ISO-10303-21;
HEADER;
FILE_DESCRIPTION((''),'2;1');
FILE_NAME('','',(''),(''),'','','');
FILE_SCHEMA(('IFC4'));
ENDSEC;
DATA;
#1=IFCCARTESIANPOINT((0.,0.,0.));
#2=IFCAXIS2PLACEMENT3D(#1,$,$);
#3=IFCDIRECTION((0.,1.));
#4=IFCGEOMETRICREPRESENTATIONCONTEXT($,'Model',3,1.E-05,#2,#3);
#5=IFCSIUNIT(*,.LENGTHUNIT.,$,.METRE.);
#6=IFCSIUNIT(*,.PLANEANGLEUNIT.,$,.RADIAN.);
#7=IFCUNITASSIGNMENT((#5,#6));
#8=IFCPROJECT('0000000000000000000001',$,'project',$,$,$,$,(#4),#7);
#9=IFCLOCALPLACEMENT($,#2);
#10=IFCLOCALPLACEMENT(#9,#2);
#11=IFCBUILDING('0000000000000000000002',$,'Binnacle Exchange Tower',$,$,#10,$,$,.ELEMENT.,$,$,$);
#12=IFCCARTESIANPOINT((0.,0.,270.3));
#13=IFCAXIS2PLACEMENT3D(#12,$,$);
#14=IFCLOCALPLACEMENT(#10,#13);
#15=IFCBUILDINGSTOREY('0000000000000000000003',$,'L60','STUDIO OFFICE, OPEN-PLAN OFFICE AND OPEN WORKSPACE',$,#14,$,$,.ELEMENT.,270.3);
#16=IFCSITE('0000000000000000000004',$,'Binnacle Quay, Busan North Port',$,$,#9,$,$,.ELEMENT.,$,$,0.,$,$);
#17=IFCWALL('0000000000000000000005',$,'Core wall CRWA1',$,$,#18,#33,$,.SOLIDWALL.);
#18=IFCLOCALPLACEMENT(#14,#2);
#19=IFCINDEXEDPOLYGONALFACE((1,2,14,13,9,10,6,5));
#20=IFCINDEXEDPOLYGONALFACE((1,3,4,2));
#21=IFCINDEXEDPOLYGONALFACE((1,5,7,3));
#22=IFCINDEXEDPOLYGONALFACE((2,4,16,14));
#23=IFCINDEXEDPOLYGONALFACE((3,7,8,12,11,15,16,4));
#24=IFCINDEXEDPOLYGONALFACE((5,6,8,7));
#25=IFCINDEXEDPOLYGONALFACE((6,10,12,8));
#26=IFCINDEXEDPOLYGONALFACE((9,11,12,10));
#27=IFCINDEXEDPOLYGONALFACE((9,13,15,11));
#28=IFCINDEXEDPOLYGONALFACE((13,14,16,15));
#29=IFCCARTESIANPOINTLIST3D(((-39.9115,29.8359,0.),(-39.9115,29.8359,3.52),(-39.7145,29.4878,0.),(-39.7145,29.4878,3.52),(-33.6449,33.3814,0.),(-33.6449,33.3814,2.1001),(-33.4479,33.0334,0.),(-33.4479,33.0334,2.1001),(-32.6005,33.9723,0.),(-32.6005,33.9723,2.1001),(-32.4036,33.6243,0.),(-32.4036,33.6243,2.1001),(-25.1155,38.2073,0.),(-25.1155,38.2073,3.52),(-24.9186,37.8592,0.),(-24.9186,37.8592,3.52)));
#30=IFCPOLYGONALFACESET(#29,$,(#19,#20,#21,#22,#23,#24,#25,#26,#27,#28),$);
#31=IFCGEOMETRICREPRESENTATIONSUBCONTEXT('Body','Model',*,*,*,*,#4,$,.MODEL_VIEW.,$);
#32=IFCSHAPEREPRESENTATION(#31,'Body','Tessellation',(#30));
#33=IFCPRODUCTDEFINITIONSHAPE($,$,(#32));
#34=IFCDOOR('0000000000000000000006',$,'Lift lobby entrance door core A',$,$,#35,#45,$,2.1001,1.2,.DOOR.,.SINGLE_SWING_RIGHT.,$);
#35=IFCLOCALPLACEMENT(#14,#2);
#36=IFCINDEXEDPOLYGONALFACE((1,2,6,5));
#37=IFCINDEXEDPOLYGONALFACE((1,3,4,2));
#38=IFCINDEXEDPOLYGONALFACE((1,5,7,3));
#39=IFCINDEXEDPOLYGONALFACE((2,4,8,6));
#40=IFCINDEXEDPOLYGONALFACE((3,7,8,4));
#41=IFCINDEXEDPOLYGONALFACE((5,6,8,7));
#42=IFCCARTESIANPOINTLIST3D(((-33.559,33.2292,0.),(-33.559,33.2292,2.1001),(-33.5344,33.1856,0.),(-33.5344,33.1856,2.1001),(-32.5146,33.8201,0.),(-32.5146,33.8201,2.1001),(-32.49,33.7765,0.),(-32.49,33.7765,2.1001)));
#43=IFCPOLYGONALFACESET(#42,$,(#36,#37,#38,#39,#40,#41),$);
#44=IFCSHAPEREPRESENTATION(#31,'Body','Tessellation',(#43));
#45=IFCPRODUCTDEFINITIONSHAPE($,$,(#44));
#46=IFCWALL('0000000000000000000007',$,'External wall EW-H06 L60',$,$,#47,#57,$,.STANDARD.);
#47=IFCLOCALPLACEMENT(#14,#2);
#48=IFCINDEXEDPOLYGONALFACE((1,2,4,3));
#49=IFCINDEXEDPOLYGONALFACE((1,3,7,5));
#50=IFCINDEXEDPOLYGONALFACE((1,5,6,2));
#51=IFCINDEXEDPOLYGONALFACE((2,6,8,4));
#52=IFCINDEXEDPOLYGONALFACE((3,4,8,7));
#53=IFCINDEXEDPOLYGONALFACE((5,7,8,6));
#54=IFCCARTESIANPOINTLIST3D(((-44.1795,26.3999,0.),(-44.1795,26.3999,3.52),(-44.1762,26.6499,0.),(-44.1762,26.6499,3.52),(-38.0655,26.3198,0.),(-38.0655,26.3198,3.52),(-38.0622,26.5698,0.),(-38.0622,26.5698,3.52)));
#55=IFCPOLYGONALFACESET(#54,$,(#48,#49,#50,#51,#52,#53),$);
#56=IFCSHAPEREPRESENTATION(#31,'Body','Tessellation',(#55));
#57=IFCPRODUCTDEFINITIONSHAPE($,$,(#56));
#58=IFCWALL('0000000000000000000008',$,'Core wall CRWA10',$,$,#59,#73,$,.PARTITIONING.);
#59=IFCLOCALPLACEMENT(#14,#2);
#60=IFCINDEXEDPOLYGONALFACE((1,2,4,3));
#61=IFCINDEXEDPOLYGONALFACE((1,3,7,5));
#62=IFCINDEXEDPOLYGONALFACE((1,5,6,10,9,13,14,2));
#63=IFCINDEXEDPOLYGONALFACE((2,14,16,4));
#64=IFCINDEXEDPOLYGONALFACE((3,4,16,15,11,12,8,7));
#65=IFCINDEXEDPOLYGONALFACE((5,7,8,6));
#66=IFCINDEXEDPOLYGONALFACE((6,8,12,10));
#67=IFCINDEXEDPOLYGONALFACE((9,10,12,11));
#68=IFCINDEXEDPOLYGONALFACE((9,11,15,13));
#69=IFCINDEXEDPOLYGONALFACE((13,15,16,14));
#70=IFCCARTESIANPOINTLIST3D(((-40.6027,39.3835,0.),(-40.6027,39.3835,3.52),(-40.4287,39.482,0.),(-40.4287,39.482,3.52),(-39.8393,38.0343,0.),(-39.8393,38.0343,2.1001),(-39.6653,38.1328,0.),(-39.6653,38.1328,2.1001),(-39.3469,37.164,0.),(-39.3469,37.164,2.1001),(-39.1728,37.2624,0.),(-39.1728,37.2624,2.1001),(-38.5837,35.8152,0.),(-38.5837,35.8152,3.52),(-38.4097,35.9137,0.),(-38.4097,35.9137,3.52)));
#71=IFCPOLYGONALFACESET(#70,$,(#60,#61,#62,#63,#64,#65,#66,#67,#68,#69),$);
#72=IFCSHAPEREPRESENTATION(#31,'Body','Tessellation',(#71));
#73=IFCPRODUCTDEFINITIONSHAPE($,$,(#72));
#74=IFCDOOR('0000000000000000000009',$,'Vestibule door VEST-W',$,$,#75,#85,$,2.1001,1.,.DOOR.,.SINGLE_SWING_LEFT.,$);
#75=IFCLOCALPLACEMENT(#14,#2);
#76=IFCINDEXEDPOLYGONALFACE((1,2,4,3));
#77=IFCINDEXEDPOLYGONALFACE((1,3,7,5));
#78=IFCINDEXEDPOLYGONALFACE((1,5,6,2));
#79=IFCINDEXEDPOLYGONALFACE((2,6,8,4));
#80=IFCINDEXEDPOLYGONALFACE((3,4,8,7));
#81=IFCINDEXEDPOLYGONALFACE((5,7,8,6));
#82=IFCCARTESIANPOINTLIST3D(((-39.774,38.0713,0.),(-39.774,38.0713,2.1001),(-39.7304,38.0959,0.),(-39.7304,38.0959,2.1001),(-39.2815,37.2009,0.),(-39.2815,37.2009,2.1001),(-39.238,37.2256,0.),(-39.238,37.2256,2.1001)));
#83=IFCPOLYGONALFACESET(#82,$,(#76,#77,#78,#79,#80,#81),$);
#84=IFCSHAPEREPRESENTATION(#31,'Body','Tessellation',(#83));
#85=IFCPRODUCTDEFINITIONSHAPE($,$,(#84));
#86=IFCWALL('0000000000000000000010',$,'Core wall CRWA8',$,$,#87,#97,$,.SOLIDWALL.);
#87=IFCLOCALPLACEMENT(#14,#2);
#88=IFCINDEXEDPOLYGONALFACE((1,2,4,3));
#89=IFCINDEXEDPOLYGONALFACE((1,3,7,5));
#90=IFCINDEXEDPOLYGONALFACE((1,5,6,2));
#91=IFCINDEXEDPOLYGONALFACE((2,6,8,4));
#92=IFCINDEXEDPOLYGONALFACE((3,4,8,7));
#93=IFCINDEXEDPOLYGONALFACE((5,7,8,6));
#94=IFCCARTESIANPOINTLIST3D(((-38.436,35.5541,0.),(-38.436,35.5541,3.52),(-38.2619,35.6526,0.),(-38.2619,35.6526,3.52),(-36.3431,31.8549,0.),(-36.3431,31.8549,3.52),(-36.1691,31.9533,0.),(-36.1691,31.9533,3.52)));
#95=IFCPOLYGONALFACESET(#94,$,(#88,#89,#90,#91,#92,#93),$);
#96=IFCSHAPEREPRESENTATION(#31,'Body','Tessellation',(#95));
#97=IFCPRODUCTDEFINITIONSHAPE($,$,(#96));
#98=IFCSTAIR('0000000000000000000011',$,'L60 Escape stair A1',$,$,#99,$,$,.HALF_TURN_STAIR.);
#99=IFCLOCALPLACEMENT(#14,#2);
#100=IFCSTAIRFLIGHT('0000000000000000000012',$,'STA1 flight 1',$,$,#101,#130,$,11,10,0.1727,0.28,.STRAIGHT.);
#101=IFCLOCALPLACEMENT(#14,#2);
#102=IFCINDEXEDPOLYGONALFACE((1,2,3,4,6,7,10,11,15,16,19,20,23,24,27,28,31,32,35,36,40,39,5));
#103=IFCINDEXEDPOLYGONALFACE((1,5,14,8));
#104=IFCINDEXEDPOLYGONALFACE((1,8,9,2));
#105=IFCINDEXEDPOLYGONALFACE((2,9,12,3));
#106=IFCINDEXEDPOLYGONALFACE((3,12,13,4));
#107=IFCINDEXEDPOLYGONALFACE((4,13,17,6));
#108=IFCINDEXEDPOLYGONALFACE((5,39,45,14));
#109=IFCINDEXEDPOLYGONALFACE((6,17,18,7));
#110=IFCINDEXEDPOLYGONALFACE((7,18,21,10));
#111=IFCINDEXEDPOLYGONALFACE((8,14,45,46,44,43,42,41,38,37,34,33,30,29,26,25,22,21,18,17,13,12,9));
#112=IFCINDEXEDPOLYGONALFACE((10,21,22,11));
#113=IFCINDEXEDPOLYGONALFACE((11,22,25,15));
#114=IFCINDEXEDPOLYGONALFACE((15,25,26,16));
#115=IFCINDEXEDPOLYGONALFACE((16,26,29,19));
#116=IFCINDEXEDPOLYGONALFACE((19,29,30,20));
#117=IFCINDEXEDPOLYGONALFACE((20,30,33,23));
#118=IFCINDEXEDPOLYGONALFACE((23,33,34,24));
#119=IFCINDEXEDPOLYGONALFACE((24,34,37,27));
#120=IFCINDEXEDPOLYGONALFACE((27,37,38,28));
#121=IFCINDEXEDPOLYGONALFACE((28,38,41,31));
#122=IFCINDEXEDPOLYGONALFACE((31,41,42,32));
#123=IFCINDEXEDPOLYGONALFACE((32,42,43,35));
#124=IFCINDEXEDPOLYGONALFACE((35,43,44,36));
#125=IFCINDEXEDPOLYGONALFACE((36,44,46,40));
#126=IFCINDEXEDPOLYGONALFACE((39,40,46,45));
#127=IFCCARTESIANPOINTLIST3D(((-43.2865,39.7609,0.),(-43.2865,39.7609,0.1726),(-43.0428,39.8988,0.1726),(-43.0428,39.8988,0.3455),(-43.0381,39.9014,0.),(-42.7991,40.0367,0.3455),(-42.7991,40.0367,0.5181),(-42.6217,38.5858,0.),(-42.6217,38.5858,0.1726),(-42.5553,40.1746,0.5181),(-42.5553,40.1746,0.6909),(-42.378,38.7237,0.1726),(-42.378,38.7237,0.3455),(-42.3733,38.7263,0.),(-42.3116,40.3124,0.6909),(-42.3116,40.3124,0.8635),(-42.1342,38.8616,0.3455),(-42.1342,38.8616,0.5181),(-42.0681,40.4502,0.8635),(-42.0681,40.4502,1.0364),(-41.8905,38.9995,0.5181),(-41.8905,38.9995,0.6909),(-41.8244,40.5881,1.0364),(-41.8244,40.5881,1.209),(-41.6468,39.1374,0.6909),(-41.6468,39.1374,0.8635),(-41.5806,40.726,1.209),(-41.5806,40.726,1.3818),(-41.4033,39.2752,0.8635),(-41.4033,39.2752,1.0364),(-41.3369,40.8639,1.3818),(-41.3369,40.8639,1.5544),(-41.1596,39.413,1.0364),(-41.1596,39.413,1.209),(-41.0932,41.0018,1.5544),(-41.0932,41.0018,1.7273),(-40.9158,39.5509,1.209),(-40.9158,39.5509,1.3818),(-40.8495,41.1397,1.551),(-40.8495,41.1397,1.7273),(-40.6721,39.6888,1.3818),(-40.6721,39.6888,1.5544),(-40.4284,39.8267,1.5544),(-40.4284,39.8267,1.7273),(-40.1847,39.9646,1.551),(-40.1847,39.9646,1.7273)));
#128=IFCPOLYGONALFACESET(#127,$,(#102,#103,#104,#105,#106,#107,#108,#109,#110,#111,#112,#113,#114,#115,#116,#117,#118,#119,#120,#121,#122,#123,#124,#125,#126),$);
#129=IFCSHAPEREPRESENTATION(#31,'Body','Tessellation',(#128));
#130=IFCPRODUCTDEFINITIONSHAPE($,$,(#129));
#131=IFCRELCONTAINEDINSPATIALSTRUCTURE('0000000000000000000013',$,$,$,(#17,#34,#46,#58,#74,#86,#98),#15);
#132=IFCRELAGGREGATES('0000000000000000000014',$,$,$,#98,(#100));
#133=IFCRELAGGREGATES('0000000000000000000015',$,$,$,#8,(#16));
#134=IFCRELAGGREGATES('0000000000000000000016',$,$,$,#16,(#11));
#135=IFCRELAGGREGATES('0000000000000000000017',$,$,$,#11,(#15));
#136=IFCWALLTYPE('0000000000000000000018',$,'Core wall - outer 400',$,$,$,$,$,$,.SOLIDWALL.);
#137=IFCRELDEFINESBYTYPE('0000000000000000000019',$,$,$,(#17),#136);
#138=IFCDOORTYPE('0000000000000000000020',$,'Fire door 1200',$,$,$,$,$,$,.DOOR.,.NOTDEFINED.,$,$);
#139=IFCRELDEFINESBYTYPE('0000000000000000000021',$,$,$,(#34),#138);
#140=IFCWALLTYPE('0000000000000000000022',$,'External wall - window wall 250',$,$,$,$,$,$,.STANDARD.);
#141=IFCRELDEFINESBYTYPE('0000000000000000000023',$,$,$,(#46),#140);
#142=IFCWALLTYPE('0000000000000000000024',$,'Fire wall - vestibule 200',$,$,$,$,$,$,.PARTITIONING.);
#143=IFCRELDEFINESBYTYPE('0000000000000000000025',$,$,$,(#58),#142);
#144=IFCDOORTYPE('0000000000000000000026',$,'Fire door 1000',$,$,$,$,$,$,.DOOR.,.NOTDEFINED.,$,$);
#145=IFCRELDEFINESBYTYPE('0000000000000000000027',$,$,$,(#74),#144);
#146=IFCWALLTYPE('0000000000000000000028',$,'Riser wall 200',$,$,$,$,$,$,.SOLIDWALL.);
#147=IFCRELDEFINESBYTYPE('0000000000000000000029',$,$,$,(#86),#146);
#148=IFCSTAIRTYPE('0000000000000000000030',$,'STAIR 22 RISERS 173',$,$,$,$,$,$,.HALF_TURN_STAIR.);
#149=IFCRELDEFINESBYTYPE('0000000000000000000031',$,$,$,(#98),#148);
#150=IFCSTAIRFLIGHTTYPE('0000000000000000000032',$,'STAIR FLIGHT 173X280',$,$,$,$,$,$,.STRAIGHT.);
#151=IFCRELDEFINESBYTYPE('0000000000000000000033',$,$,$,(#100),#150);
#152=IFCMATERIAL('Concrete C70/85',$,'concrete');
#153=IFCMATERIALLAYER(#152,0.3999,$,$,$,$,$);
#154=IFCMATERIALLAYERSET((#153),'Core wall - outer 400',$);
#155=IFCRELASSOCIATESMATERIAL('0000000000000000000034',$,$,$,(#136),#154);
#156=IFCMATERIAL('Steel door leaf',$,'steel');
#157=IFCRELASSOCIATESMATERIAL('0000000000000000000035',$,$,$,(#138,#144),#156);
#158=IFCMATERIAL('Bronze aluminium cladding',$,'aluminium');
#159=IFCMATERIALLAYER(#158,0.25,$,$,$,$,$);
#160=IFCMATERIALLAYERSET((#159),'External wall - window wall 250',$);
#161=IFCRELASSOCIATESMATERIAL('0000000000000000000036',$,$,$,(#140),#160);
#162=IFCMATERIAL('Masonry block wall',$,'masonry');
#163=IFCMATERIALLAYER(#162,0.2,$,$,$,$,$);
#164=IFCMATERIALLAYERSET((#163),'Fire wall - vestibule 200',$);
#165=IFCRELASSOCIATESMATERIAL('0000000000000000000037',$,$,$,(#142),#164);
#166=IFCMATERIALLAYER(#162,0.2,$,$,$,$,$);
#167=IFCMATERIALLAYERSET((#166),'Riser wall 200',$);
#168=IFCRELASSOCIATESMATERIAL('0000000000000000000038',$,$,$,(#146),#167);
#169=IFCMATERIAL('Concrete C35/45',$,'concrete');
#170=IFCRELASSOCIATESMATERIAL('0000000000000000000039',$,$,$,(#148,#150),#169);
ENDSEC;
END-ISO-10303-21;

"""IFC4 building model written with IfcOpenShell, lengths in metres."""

from ifc_helpers import new_model, si_unit, direction, frame, frame_2d, origin, place, context, subcontext, project, spatial, polyline, rectangle, outline, extrude, material, layer, layer_set, type_object, element, fill, aggregate, save


model = new_model("IFC4")

# Units and contexts
model_context = context("Model", 3, precision=1e-05, world=origin(), true_north=direction((0.0, 1.0)))
body_context = subcontext(model_context, "Body", "Model", "MODEL_VIEW")
ifc_project = project(units=[si_unit("LENGTHUNIT", "METRE"), si_unit("PLANEANGLEUNIT", "RADIAN")], contexts=[model_context])

# Site, building, storey
site_placement = place(None, origin())
site = spatial("IfcSite", under=ifc_project, at=site_placement, Name="Binnacle Quay, Busan North Port", CompositionType="ELEMENT", RefElevation=0.0)
building_placement = place(site_placement, origin())
building = spatial("IfcBuilding", under=site, at=building_placement, Name="Binnacle Exchange Tower", CompositionType="ELEMENT")
storey_placement = place(building_placement, frame((0.0, 0.0, 270.3)))
storey = spatial("IfcBuildingStorey", under=building, at=storey_placement, Name="L60", Description="STUDIO OFFICE, OPEN-PLAN OFFICE AND OPEN WORKSPACE", CompositionType="ELEMENT", Elevation=270.3)

# Shared definitions
ifc_material_1 = material(Name="Concrete C70/85", Category="concrete")
ifc_material_2 = material(Name="Steel door leaf", Category="steel")

# Wall, opening, door
ifc_layer_1 = layer(ifc_material_1, 0.3999)
ifc_layer_set_1 = layer_set([ifc_layer_1], Name="Core wall - outer 400")
wall_type_1 = type_object("IfcWallType", Name="Core wall - outer 400", PredefinedType="SOLIDWALL", material=ifc_layer_set_1)
wall_1_placement = place(storey_placement, frame((-39.813, 29.6619, 0.0), z_axis=(0.0, 0.0, 1.0), x_axis=(0.87035, 0.492433, 0.0)))
wall_1 = element("IfcWall", 1, at=wall_1_placement, inside=storey, type_object=wall_type_1, Name="Core wall CRWA1", PredefinedType="SOLIDWALL", context=body_context, shape_type="SweptSolid", body=[
    extrude(rectangle(XDim=17.0, YDim=0.3999, at=frame_2d((8.5, 0.0))), origin(), (0.0, 0.0, 1.0), 3.52),
])
opening_1_placement = place(wall_1_placement, frame((7.2, 0.0, 0.0)))
opening_1 = element("IfcOpeningElement", 2, at=opening_1_placement, cuts=wall_1, PredefinedType="OPENING", context=body_context, shape_type="SweptSolid", body=[
    extrude(rectangle(XDim=1.2, YDim=2.1001, at=frame_2d((0.6001, 1.05))), frame((0.0, 0.21, 0.0), z_axis=(0.0, -1.0, 0.0), x_axis=(1.0, 0.0, 0.0)), (0.0, 0.0, 1.0), 0.4199),
])
door_type_1 = type_object("IfcDoorType", Name="Fire door 1200", OperationType="NOTDEFINED", PredefinedType="DOOR", material=ifc_material_2)
door_1_placement = place(opening_1_placement, frame((1.2, 0.0, 0.0), z_axis=(0.0, 0.0, 1.0), x_axis=(-1.0, 0.0, 0.0)))
door_1 = element("IfcDoor", 3, at=door_1_placement, inside=storey, type_object=door_type_1, Name="Lift lobby entrance door core A", OperationType="SINGLE_SWING_RIGHT", OverallHeight=2.1001, OverallWidth=1.2, PredefinedType="DOOR", context=body_context, shape_type="SweptSolid", body=[
    extrude(rectangle(XDim=1.2, YDim=2.1001, at=frame_2d((0.6001, 1.05))), frame((0.0, 0.0249, 0.0), z_axis=(0.0, -1.0, 0.0), x_axis=(1.0, 0.0, 0.0)), (0.0, 0.0, 1.0), 0.05),
])
fill(opening_1, door_1)

# Wall
ifc_material_3 = material(Name="Bronze aluminium cladding", Category="aluminium")
ifc_layer_2 = layer(ifc_material_3, 0.25)
ifc_layer_set_2 = layer_set([ifc_layer_2], Name="External wall - window wall 250")
wall_type_2 = type_object("IfcWallType", Name="External wall - window wall 250", PredefinedType="STANDARD", material=ifc_layer_set_2)
wall_2_placement = place(storey_placement, frame((-38.064, 26.4448, 0.0), z_axis=(0.0, 0.0, 1.0), x_axis=(-0.999914, 0.013096, 0.0)))
element("IfcWall", 4, at=wall_2_placement, inside=storey, type_object=wall_type_2, Name="External wall EW-H06 L60", PredefinedType="STANDARD", context=body_context, shape_type="SweptSolid", body=[
    extrude(rectangle(XDim=6.1145, YDim=0.25, at=frame_2d((3.0571, 0.0))), origin(), (0.0, 0.0, 1.0), 3.52),
])

# Wall, opening, door
ifc_material_4 = material(Name="Masonry block wall", Category="masonry")
ifc_layer_3 = layer(ifc_material_4, 0.2)
ifc_layer_set_3 = layer_set([ifc_layer_3], Name="Fire wall - vestibule 200")
wall_type_3 = type_object("IfcWallType", Name="Fire wall - vestibule 200", PredefinedType="PARTITIONING", material=ifc_layer_set_3)
wall_3_placement = place(storey_placement, frame((-40.5156, 39.4326, 0.0), z_axis=(0.0, 0.0, 1.0), x_axis=(0.492454, -0.870339, 0.0)))
wall_3 = element("IfcWall", 5, at=wall_3_placement, inside=storey, type_object=wall_type_3, Name="Core wall CRWA10", PredefinedType="PARTITIONING", context=body_context, shape_type="SweptSolid", body=[
    extrude(rectangle(XDim=4.0999, YDim=0.2, at=frame_2d((2.0498, 0.0))), origin(), (0.0, 0.0, 1.0), 3.52),
])
opening_2_placement = place(wall_3_placement, frame((1.55, 0.0, 0.0)))
opening_2 = element("IfcOpeningElement", 6, at=opening_2_placement, cuts=wall_3, PredefinedType="OPENING", context=body_context, shape_type="SweptSolid", body=[
    extrude(rectangle(XDim=1.0, YDim=2.1001, at=frame_2d((0.5, 1.05))), frame((0.0, 0.1099, 0.0), z_axis=(0.0, -1.0, 0.0), x_axis=(1.0, 0.0, 0.0)), (0.0, 0.0, 1.0), 0.22),
])
door_type_2 = type_object("IfcDoorType", Name="Fire door 1000", OperationType="NOTDEFINED", PredefinedType="DOOR", material=ifc_material_2)
door_2_placement = place(opening_2_placement, frame((1.0, 0.0, 0.0), z_axis=(0.0, 0.0, 1.0), x_axis=(-1.0, 0.0, 0.0)))
door_2 = element("IfcDoor", 7, at=door_2_placement, inside=storey, type_object=door_type_2, Name="Vestibule door VEST-W", OperationType="SINGLE_SWING_LEFT", OverallHeight=2.1001, OverallWidth=1.0, PredefinedType="DOOR", context=body_context, shape_type="SweptSolid", body=[
    extrude(rectangle(XDim=1.0, YDim=2.1001, at=frame_2d((0.5, 1.05))), frame((0.0, 0.0249, 0.0), z_axis=(0.0, -1.0, 0.0), x_axis=(1.0, 0.0, 0.0)), (0.0, 0.0, 1.0), 0.05),
])
fill(opening_2, door_2)

# Wall
ifc_layer_4 = layer(ifc_material_4, 0.2)
ifc_layer_set_4 = layer_set([ifc_layer_4], Name="Riser wall 200")
wall_type_4 = type_object("IfcWallType", Name="Riser wall 200", PredefinedType="SOLIDWALL", material=ifc_layer_set_4)
wall_4_placement = place(storey_placement, frame((-38.3489, 35.6033, 0.0), z_axis=(0.0, 0.0, 1.0), x_axis=(0.492398, -0.87037, 0.0)))
element("IfcWall", 8, at=wall_4_placement, inside=storey, type_object=wall_type_4, Name="Core wall CRWA8", PredefinedType="SOLIDWALL", context=body_context, shape_type="SweptSolid", body=[
    extrude(rectangle(XDim=4.2502, YDim=0.2, at=frame_2d((2.125, 0.0))), origin(), (0.0, 0.0, 1.0), 3.52),
])

# Stair, stair flight
ifc_material_5 = material(Name="Concrete C35/45", Category="concrete")
stair_type = type_object("IfcStairType", Name="STAIR 22 RISERS 173", PredefinedType="HALF_TURN_STAIR", material=ifc_material_5)
stair_placement = place(storey_placement, origin())
stair = element("IfcStair", 9, at=stair_placement, inside=storey, type_object=stair_type, Name="L60 Escape stair A1", PredefinedType="HALF_TURN_STAIR")
stair_flight_type = type_object("IfcStairFlightType", Name="STAIR FLIGHT 173X280", PredefinedType="STRAIGHT", material=ifc_material_5)
stair_flight_placement = place(storey_placement, frame((-42.9541, 39.1733, 0.0), z_axis=(0.0, 0.0, 1.0), x_axis=(0.870356, 0.492424, 0.0)))
stair_flight = element("IfcStairFlight", 10, at=stair_flight_placement, type_object=stair_flight_type, Name="STA1 flight 1", NumberOfRisers=11, NumberOfTreads=10, PredefinedType="STRAIGHT", RiserHeight=0.1727, TreadLength=0.28, context=body_context, shape_type="SweptSolid", body=[
    extrude(outline(polyline([(0.0, 0.0), (0.0, 0.1726), (0.28, 0.1726), (0.28, 0.3455), (0.5601, 0.3455), (0.5601, 0.5181), (0.8401, 0.5181), (0.8401, 0.6909), (1.1201, 0.6909), (1.1201, 0.8635), (1.3999, 0.8635), (1.3999, 1.0364), (1.6799, 1.0364), (1.6799, 1.209), (1.96, 1.209), (1.96, 1.3818), (2.24, 1.3818), (2.24, 1.5544), (2.52, 1.5544), (2.52, 1.7273), (2.8, 1.7273), (2.8, 1.8999), (2.8, 1.551), (0.2854, 0.0), (0.0, 0.0)])), frame((0.0, 0.675, 0.0), z_axis=(0.0, -1.0, 0.0), x_axis=(1.0, 0.0, 0.0)), (0.0, 0.0, 1.0), 1.3501),
])
aggregate(stair, [stair_flight])

save(model, "model.ifc")
